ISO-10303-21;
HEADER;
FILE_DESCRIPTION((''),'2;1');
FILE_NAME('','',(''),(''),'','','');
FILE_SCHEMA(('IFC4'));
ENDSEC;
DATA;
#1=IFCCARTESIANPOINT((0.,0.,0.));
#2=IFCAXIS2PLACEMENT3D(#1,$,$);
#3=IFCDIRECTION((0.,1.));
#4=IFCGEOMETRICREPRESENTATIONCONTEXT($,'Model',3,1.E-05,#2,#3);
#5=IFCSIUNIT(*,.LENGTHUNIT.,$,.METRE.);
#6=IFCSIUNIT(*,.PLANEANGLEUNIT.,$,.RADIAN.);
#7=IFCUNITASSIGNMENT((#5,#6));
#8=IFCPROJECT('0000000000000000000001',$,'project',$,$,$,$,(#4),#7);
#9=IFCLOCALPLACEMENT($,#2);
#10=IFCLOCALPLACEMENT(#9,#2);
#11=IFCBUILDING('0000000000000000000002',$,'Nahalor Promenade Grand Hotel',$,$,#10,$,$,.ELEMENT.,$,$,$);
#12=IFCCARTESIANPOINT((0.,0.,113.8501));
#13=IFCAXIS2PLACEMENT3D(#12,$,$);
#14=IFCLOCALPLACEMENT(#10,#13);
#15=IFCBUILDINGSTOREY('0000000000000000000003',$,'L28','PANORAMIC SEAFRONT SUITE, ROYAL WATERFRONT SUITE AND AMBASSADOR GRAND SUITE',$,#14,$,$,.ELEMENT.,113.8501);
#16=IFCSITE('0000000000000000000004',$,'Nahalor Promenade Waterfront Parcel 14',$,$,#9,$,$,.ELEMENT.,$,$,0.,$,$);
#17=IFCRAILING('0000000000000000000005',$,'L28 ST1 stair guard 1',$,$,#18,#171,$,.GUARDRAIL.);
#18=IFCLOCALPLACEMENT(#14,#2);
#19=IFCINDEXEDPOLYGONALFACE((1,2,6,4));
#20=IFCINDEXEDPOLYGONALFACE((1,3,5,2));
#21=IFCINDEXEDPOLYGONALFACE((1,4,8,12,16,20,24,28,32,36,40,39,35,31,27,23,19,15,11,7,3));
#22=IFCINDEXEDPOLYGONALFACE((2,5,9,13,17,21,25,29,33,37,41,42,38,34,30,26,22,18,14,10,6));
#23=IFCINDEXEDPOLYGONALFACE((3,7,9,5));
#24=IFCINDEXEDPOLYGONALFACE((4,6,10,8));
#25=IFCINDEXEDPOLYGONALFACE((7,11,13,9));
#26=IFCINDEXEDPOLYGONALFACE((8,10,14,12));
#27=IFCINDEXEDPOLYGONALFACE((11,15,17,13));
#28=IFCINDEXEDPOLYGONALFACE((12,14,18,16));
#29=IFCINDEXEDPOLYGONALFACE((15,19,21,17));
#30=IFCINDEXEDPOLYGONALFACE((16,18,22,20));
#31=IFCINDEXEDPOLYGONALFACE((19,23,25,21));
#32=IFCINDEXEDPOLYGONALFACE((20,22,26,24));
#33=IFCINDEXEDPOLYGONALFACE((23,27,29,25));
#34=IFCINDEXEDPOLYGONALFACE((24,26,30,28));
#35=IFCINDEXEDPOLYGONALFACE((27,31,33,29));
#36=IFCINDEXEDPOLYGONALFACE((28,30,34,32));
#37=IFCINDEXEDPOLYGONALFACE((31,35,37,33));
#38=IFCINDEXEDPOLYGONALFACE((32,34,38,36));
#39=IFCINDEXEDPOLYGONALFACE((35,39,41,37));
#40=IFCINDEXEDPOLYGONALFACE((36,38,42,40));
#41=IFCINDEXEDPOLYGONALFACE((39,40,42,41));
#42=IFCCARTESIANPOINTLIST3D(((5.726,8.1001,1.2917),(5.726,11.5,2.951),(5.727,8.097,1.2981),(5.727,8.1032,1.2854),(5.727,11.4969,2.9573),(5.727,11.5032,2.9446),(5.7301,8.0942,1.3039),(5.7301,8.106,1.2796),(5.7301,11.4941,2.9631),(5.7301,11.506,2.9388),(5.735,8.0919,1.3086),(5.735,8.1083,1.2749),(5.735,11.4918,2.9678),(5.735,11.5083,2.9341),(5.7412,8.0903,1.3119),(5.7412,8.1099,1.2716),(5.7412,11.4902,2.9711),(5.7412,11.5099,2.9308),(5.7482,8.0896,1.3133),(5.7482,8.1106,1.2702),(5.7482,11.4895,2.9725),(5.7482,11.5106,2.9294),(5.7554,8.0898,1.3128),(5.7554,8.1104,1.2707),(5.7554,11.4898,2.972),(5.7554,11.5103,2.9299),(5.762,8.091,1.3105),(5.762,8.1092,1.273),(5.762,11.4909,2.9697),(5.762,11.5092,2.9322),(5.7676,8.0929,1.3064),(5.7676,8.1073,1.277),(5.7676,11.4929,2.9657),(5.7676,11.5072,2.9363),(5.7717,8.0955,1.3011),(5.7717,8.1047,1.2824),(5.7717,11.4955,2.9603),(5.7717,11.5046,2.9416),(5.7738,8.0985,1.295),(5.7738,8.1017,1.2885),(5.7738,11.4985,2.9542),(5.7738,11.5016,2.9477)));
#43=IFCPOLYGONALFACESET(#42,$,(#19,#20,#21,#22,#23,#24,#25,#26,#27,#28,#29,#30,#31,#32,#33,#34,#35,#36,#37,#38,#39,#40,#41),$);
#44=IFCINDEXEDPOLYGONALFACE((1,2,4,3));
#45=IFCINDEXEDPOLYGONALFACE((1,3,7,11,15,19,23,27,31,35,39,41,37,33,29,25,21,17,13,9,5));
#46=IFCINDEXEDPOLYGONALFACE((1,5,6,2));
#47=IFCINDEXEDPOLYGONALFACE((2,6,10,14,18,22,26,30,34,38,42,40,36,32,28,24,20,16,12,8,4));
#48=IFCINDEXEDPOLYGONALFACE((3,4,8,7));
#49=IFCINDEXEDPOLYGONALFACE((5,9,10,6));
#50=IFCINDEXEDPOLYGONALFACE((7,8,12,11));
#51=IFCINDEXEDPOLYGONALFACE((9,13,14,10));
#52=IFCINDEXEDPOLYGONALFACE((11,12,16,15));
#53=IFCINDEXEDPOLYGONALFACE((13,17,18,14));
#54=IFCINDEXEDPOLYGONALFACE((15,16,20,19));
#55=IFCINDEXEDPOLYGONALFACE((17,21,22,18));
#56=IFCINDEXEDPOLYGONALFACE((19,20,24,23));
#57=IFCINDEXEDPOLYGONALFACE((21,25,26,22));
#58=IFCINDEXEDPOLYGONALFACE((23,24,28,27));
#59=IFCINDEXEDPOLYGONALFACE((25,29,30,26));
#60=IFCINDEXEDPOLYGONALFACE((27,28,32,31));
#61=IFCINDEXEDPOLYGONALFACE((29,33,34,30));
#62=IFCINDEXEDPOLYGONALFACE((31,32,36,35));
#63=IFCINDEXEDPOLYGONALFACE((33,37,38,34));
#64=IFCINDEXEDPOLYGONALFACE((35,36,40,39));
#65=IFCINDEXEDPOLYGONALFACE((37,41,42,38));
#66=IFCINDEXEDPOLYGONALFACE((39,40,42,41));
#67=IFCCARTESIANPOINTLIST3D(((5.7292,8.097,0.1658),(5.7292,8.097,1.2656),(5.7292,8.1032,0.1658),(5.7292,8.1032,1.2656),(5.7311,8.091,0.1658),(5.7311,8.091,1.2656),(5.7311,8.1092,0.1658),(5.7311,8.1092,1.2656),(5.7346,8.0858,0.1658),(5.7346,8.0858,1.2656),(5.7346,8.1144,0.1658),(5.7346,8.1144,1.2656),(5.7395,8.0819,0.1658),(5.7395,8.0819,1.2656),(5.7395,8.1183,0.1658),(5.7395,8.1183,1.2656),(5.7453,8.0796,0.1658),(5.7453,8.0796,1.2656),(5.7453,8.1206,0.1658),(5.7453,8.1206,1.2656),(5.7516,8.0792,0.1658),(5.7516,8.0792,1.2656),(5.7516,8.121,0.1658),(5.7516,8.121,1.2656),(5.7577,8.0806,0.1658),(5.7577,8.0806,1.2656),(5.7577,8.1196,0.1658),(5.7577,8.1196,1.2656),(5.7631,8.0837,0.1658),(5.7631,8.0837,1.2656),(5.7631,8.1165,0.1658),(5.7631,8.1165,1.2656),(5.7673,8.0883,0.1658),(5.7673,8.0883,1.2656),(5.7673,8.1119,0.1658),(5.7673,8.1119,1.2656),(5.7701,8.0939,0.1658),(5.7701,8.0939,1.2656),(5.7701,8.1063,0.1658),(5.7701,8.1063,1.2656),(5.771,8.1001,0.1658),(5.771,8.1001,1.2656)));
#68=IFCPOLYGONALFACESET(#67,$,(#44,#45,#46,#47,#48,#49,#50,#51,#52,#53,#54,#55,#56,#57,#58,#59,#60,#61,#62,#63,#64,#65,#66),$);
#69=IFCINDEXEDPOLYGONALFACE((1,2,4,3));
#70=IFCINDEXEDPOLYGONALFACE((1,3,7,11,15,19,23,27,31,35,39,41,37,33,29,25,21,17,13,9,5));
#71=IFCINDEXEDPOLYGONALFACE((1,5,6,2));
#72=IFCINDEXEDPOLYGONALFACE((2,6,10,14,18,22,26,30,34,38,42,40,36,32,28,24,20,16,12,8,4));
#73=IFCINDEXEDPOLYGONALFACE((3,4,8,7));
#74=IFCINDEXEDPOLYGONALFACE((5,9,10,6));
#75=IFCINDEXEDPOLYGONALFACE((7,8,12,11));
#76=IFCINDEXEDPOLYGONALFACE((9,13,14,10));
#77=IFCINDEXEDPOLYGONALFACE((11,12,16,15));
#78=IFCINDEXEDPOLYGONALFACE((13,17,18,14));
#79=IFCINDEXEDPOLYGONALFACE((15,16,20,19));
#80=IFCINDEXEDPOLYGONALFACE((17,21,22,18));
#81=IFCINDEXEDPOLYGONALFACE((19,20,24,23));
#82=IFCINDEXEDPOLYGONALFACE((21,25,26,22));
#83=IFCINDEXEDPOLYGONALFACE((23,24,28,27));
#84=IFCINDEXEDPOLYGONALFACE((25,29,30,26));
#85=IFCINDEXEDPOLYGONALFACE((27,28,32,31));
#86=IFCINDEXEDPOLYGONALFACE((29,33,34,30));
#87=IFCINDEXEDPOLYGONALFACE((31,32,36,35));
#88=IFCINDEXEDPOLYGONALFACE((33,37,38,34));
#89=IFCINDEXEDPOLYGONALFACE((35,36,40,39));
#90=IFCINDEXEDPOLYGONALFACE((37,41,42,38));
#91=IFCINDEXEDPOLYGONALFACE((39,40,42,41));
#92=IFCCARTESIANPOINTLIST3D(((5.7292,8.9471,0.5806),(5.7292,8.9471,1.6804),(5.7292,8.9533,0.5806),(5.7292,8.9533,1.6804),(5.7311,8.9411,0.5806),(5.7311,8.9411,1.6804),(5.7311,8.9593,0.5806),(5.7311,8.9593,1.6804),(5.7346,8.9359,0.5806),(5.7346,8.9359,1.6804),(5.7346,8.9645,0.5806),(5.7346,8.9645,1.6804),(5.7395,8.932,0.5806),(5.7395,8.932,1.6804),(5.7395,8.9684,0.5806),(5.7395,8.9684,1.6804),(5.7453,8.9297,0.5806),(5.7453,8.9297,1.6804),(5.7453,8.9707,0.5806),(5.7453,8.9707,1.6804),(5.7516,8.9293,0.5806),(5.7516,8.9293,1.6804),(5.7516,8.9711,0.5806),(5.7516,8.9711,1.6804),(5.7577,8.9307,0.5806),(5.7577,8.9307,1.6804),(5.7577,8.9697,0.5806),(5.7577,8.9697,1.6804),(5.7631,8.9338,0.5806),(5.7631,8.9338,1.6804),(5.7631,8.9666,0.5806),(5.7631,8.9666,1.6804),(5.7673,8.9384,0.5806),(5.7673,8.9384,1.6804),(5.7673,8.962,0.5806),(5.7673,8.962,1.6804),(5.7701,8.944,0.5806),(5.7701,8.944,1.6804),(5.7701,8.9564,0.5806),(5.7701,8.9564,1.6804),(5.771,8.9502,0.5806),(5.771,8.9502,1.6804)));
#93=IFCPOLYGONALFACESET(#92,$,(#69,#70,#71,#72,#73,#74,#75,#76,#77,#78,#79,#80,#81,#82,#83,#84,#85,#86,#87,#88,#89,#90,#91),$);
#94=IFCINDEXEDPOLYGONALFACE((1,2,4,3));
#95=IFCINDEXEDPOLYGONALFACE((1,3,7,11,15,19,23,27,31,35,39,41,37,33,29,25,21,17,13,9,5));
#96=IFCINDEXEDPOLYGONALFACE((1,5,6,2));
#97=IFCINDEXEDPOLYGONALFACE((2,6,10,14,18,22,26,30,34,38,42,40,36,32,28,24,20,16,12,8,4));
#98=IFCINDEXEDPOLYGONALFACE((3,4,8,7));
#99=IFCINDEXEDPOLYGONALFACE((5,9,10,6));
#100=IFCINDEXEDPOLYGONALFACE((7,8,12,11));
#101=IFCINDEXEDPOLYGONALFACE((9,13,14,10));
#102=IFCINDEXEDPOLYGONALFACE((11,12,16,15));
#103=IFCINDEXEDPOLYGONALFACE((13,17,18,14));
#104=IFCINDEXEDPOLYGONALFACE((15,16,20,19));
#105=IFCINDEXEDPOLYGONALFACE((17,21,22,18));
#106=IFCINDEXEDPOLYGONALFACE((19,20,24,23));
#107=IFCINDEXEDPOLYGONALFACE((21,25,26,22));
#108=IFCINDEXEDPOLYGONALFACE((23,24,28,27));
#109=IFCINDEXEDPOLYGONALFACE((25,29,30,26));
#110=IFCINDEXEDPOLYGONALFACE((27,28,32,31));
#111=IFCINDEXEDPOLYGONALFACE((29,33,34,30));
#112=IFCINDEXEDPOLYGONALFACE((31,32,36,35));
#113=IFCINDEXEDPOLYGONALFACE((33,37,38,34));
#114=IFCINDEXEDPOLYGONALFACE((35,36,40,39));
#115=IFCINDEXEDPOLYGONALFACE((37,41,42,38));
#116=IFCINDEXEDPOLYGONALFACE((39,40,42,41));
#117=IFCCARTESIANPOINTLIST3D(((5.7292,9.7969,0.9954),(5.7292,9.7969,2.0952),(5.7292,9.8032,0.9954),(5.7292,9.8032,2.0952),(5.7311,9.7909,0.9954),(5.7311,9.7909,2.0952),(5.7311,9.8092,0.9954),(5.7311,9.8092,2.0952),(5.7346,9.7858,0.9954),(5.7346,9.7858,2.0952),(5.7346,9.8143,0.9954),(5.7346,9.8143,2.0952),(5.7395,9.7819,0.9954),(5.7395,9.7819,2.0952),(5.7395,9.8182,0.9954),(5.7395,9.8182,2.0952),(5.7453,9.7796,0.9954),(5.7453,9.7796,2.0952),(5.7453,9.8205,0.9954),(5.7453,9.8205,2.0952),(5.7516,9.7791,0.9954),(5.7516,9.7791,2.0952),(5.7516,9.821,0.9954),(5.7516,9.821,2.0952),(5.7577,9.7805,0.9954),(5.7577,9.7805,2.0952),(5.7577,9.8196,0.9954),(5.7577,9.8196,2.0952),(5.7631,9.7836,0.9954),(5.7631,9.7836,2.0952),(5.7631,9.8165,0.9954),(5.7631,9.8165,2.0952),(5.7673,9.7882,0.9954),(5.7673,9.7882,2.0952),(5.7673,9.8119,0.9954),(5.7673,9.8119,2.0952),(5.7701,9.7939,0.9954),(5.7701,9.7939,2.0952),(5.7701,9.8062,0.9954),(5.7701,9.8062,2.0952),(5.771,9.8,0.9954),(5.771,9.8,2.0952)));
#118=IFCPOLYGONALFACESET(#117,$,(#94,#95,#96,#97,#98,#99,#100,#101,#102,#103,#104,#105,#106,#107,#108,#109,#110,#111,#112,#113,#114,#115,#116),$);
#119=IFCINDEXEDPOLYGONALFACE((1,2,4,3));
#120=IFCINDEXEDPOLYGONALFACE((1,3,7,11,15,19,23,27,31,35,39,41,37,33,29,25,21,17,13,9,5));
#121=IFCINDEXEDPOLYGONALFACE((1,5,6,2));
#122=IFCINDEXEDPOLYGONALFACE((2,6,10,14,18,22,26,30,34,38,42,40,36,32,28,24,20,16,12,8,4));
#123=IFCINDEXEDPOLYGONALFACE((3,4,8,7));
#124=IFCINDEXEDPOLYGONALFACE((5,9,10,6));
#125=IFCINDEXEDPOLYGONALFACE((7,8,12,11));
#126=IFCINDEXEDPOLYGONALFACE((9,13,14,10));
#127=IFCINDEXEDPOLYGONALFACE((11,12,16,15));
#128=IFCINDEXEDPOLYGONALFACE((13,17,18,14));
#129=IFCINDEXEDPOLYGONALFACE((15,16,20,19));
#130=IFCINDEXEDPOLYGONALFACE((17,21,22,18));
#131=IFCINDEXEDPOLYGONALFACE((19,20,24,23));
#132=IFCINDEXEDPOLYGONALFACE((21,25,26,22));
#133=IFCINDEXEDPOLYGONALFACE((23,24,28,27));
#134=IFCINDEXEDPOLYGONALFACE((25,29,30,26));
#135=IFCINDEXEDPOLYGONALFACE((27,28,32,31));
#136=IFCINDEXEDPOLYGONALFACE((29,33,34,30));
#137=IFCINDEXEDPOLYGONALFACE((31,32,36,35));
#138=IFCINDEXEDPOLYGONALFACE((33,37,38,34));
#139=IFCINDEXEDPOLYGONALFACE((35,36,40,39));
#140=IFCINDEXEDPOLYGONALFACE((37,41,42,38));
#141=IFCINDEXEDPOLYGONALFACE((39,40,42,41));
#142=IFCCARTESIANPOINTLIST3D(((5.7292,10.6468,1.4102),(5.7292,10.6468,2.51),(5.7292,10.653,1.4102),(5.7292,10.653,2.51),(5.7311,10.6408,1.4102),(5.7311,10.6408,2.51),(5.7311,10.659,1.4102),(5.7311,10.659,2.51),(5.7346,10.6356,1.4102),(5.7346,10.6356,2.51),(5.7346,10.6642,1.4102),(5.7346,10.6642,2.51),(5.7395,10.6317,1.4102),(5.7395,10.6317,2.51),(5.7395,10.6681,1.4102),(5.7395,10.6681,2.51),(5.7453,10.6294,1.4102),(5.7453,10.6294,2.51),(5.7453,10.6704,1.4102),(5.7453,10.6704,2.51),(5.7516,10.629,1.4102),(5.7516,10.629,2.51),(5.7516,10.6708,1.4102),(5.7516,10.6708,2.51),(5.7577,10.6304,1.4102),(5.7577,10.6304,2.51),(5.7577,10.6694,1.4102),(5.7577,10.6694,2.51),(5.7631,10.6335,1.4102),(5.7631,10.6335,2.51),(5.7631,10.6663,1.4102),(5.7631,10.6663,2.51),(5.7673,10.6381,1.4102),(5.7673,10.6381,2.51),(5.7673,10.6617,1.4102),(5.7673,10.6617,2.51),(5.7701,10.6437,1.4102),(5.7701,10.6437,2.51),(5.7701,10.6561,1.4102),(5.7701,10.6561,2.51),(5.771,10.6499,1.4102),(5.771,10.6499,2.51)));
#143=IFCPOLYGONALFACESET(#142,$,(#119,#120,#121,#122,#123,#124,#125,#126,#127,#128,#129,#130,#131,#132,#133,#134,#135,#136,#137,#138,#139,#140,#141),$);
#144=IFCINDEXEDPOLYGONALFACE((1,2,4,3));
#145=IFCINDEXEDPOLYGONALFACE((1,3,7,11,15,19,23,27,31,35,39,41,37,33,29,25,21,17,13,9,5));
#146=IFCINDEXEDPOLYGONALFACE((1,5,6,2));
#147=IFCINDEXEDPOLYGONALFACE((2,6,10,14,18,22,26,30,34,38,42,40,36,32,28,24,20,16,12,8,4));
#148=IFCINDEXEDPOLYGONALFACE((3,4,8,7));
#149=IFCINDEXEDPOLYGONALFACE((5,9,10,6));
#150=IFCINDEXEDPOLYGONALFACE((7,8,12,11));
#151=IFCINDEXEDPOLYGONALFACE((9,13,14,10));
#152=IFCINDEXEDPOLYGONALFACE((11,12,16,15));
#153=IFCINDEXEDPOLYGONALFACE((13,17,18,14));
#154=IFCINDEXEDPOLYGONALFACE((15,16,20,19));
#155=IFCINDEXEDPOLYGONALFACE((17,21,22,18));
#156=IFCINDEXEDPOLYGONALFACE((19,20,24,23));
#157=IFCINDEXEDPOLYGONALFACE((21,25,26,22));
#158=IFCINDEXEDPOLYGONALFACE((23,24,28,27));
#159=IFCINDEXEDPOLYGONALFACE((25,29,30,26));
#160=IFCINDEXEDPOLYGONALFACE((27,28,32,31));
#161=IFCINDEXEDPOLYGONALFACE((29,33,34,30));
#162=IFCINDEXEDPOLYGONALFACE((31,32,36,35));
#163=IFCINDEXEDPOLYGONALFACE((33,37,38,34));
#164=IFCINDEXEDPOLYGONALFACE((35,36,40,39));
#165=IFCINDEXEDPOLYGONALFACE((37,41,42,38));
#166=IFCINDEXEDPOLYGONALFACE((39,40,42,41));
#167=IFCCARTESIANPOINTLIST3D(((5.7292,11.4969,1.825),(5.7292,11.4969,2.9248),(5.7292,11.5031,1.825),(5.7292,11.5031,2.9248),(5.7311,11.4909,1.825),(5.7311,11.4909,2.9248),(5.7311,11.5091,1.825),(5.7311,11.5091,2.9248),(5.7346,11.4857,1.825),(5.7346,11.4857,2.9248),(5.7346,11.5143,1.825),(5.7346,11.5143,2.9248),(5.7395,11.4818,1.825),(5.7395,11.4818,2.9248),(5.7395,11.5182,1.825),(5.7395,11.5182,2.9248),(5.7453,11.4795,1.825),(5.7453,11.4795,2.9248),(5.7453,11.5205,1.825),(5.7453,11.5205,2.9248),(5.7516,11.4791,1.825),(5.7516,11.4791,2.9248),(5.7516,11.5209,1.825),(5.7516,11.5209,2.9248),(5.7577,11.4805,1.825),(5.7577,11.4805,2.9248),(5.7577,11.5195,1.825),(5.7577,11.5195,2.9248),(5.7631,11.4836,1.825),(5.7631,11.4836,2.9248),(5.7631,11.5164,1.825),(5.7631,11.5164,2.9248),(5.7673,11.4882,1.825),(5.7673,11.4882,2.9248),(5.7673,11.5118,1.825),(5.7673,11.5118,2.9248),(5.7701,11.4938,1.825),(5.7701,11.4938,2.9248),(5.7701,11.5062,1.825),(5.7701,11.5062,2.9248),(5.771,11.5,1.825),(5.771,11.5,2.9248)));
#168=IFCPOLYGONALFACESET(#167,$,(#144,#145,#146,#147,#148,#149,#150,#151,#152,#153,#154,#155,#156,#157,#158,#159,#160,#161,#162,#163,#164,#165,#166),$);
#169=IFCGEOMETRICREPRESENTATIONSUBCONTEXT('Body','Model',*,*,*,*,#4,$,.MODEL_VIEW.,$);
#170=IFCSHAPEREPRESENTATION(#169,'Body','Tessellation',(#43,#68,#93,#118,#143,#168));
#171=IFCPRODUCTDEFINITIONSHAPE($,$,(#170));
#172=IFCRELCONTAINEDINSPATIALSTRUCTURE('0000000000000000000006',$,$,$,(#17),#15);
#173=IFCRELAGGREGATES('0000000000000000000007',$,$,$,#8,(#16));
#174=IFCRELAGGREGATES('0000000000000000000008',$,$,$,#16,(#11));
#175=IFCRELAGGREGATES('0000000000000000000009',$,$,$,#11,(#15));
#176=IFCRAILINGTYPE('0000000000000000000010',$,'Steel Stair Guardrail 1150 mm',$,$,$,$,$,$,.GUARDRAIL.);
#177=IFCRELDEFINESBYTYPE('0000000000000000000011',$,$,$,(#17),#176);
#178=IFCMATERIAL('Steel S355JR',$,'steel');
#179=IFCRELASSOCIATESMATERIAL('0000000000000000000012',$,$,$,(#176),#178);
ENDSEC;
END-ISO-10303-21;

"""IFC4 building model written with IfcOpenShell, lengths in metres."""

from ifc_helpers import new_model, si_unit, direction, frame, origin, origin_2d, place, context, subcontext, project, spatial, circle, extrude, material, type_object, element, save


model = new_model("IFC4")

# Units and contexts
model_context = context("Model", 3, precision=1e-05, world=origin(), true_north=direction((0.0, 1.0)))
body_context = subcontext(model_context, "Body", "Model", "MODEL_VIEW")
ifc_project = project(units=[si_unit("LENGTHUNIT", "METRE"), si_unit("PLANEANGLEUNIT", "RADIAN")], contexts=[model_context])

# Site, building, storey
site_placement = place(None, origin())
site = spatial("IfcSite", under=ifc_project, at=site_placement, Name="Nahalor Promenade Waterfront Parcel 14", CompositionType="ELEMENT", RefElevation=0.0)
building_placement = place(site_placement, origin())
building = spatial("IfcBuilding", under=site, at=building_placement, Name="Nahalor Promenade Grand Hotel", CompositionType="ELEMENT")
storey_placement = place(building_placement, frame((0.0, 0.0, 113.8501)))
storey = spatial("IfcBuildingStorey", under=building, at=storey_placement, Name="L28", Description="PANORAMIC SEAFRONT SUITE, ROYAL WATERFRONT SUITE AND AMBASSADOR GRAND SUITE", CompositionType="ELEMENT", Elevation=113.8501)

# Shared definitions
ifc_material_1 = material(Name="Steel S355JR", Category="steel")

# Railing
railing_type_1 = type_object("IfcRailingType", Name="Steel Stair Guardrail 1150 mm", PredefinedType="GUARDRAIL", material=ifc_material_1)
railing_1_placement = place(storey_placement, frame((5.75, 8.1001, 0.1658)))
element("IfcRailing", 1, at=railing_1_placement, inside=storey, type_object=railing_type_1, Name="L28 ST1 stair guard 1", PredefinedType="GUARDRAIL", context=body_context, shape_type="SweptSolid", body=[
    extrude(circle(Radius=0.024, at=origin_2d()), frame((0.0, 0.0, 1.126), z_axis=(0.0, 0.898696, 0.438571), x_axis=(-1.0, 0.0, 0.0)), (0.0, 0.0, 1.0), 3.7832),
    extrude(circle(Radius=0.021, at=origin_2d()), origin(), (0.0, 0.0, 1.0), 1.0999),
    extrude(circle(Radius=0.021, at=origin_2d()), frame((0.0, 0.8501, 0.4148)), (0.0, 0.0, 1.0), 1.0999),
    extrude(circle(Radius=0.021, at=origin_2d()), frame((0.0, 1.7, 0.8296)), (0.0, 0.0, 1.0), 1.0999),
    extrude(circle(Radius=0.021, at=origin_2d()), frame((0.0, 2.5498, 1.2444)), (0.0, 0.0, 1.0), 1.0999),
    extrude(circle(Radius=0.021, at=origin_2d()), frame((0.0, 3.3999, 1.6592)), (0.0, 0.0, 1.0), 1.0999),
])

save(model, "model.ifc")
